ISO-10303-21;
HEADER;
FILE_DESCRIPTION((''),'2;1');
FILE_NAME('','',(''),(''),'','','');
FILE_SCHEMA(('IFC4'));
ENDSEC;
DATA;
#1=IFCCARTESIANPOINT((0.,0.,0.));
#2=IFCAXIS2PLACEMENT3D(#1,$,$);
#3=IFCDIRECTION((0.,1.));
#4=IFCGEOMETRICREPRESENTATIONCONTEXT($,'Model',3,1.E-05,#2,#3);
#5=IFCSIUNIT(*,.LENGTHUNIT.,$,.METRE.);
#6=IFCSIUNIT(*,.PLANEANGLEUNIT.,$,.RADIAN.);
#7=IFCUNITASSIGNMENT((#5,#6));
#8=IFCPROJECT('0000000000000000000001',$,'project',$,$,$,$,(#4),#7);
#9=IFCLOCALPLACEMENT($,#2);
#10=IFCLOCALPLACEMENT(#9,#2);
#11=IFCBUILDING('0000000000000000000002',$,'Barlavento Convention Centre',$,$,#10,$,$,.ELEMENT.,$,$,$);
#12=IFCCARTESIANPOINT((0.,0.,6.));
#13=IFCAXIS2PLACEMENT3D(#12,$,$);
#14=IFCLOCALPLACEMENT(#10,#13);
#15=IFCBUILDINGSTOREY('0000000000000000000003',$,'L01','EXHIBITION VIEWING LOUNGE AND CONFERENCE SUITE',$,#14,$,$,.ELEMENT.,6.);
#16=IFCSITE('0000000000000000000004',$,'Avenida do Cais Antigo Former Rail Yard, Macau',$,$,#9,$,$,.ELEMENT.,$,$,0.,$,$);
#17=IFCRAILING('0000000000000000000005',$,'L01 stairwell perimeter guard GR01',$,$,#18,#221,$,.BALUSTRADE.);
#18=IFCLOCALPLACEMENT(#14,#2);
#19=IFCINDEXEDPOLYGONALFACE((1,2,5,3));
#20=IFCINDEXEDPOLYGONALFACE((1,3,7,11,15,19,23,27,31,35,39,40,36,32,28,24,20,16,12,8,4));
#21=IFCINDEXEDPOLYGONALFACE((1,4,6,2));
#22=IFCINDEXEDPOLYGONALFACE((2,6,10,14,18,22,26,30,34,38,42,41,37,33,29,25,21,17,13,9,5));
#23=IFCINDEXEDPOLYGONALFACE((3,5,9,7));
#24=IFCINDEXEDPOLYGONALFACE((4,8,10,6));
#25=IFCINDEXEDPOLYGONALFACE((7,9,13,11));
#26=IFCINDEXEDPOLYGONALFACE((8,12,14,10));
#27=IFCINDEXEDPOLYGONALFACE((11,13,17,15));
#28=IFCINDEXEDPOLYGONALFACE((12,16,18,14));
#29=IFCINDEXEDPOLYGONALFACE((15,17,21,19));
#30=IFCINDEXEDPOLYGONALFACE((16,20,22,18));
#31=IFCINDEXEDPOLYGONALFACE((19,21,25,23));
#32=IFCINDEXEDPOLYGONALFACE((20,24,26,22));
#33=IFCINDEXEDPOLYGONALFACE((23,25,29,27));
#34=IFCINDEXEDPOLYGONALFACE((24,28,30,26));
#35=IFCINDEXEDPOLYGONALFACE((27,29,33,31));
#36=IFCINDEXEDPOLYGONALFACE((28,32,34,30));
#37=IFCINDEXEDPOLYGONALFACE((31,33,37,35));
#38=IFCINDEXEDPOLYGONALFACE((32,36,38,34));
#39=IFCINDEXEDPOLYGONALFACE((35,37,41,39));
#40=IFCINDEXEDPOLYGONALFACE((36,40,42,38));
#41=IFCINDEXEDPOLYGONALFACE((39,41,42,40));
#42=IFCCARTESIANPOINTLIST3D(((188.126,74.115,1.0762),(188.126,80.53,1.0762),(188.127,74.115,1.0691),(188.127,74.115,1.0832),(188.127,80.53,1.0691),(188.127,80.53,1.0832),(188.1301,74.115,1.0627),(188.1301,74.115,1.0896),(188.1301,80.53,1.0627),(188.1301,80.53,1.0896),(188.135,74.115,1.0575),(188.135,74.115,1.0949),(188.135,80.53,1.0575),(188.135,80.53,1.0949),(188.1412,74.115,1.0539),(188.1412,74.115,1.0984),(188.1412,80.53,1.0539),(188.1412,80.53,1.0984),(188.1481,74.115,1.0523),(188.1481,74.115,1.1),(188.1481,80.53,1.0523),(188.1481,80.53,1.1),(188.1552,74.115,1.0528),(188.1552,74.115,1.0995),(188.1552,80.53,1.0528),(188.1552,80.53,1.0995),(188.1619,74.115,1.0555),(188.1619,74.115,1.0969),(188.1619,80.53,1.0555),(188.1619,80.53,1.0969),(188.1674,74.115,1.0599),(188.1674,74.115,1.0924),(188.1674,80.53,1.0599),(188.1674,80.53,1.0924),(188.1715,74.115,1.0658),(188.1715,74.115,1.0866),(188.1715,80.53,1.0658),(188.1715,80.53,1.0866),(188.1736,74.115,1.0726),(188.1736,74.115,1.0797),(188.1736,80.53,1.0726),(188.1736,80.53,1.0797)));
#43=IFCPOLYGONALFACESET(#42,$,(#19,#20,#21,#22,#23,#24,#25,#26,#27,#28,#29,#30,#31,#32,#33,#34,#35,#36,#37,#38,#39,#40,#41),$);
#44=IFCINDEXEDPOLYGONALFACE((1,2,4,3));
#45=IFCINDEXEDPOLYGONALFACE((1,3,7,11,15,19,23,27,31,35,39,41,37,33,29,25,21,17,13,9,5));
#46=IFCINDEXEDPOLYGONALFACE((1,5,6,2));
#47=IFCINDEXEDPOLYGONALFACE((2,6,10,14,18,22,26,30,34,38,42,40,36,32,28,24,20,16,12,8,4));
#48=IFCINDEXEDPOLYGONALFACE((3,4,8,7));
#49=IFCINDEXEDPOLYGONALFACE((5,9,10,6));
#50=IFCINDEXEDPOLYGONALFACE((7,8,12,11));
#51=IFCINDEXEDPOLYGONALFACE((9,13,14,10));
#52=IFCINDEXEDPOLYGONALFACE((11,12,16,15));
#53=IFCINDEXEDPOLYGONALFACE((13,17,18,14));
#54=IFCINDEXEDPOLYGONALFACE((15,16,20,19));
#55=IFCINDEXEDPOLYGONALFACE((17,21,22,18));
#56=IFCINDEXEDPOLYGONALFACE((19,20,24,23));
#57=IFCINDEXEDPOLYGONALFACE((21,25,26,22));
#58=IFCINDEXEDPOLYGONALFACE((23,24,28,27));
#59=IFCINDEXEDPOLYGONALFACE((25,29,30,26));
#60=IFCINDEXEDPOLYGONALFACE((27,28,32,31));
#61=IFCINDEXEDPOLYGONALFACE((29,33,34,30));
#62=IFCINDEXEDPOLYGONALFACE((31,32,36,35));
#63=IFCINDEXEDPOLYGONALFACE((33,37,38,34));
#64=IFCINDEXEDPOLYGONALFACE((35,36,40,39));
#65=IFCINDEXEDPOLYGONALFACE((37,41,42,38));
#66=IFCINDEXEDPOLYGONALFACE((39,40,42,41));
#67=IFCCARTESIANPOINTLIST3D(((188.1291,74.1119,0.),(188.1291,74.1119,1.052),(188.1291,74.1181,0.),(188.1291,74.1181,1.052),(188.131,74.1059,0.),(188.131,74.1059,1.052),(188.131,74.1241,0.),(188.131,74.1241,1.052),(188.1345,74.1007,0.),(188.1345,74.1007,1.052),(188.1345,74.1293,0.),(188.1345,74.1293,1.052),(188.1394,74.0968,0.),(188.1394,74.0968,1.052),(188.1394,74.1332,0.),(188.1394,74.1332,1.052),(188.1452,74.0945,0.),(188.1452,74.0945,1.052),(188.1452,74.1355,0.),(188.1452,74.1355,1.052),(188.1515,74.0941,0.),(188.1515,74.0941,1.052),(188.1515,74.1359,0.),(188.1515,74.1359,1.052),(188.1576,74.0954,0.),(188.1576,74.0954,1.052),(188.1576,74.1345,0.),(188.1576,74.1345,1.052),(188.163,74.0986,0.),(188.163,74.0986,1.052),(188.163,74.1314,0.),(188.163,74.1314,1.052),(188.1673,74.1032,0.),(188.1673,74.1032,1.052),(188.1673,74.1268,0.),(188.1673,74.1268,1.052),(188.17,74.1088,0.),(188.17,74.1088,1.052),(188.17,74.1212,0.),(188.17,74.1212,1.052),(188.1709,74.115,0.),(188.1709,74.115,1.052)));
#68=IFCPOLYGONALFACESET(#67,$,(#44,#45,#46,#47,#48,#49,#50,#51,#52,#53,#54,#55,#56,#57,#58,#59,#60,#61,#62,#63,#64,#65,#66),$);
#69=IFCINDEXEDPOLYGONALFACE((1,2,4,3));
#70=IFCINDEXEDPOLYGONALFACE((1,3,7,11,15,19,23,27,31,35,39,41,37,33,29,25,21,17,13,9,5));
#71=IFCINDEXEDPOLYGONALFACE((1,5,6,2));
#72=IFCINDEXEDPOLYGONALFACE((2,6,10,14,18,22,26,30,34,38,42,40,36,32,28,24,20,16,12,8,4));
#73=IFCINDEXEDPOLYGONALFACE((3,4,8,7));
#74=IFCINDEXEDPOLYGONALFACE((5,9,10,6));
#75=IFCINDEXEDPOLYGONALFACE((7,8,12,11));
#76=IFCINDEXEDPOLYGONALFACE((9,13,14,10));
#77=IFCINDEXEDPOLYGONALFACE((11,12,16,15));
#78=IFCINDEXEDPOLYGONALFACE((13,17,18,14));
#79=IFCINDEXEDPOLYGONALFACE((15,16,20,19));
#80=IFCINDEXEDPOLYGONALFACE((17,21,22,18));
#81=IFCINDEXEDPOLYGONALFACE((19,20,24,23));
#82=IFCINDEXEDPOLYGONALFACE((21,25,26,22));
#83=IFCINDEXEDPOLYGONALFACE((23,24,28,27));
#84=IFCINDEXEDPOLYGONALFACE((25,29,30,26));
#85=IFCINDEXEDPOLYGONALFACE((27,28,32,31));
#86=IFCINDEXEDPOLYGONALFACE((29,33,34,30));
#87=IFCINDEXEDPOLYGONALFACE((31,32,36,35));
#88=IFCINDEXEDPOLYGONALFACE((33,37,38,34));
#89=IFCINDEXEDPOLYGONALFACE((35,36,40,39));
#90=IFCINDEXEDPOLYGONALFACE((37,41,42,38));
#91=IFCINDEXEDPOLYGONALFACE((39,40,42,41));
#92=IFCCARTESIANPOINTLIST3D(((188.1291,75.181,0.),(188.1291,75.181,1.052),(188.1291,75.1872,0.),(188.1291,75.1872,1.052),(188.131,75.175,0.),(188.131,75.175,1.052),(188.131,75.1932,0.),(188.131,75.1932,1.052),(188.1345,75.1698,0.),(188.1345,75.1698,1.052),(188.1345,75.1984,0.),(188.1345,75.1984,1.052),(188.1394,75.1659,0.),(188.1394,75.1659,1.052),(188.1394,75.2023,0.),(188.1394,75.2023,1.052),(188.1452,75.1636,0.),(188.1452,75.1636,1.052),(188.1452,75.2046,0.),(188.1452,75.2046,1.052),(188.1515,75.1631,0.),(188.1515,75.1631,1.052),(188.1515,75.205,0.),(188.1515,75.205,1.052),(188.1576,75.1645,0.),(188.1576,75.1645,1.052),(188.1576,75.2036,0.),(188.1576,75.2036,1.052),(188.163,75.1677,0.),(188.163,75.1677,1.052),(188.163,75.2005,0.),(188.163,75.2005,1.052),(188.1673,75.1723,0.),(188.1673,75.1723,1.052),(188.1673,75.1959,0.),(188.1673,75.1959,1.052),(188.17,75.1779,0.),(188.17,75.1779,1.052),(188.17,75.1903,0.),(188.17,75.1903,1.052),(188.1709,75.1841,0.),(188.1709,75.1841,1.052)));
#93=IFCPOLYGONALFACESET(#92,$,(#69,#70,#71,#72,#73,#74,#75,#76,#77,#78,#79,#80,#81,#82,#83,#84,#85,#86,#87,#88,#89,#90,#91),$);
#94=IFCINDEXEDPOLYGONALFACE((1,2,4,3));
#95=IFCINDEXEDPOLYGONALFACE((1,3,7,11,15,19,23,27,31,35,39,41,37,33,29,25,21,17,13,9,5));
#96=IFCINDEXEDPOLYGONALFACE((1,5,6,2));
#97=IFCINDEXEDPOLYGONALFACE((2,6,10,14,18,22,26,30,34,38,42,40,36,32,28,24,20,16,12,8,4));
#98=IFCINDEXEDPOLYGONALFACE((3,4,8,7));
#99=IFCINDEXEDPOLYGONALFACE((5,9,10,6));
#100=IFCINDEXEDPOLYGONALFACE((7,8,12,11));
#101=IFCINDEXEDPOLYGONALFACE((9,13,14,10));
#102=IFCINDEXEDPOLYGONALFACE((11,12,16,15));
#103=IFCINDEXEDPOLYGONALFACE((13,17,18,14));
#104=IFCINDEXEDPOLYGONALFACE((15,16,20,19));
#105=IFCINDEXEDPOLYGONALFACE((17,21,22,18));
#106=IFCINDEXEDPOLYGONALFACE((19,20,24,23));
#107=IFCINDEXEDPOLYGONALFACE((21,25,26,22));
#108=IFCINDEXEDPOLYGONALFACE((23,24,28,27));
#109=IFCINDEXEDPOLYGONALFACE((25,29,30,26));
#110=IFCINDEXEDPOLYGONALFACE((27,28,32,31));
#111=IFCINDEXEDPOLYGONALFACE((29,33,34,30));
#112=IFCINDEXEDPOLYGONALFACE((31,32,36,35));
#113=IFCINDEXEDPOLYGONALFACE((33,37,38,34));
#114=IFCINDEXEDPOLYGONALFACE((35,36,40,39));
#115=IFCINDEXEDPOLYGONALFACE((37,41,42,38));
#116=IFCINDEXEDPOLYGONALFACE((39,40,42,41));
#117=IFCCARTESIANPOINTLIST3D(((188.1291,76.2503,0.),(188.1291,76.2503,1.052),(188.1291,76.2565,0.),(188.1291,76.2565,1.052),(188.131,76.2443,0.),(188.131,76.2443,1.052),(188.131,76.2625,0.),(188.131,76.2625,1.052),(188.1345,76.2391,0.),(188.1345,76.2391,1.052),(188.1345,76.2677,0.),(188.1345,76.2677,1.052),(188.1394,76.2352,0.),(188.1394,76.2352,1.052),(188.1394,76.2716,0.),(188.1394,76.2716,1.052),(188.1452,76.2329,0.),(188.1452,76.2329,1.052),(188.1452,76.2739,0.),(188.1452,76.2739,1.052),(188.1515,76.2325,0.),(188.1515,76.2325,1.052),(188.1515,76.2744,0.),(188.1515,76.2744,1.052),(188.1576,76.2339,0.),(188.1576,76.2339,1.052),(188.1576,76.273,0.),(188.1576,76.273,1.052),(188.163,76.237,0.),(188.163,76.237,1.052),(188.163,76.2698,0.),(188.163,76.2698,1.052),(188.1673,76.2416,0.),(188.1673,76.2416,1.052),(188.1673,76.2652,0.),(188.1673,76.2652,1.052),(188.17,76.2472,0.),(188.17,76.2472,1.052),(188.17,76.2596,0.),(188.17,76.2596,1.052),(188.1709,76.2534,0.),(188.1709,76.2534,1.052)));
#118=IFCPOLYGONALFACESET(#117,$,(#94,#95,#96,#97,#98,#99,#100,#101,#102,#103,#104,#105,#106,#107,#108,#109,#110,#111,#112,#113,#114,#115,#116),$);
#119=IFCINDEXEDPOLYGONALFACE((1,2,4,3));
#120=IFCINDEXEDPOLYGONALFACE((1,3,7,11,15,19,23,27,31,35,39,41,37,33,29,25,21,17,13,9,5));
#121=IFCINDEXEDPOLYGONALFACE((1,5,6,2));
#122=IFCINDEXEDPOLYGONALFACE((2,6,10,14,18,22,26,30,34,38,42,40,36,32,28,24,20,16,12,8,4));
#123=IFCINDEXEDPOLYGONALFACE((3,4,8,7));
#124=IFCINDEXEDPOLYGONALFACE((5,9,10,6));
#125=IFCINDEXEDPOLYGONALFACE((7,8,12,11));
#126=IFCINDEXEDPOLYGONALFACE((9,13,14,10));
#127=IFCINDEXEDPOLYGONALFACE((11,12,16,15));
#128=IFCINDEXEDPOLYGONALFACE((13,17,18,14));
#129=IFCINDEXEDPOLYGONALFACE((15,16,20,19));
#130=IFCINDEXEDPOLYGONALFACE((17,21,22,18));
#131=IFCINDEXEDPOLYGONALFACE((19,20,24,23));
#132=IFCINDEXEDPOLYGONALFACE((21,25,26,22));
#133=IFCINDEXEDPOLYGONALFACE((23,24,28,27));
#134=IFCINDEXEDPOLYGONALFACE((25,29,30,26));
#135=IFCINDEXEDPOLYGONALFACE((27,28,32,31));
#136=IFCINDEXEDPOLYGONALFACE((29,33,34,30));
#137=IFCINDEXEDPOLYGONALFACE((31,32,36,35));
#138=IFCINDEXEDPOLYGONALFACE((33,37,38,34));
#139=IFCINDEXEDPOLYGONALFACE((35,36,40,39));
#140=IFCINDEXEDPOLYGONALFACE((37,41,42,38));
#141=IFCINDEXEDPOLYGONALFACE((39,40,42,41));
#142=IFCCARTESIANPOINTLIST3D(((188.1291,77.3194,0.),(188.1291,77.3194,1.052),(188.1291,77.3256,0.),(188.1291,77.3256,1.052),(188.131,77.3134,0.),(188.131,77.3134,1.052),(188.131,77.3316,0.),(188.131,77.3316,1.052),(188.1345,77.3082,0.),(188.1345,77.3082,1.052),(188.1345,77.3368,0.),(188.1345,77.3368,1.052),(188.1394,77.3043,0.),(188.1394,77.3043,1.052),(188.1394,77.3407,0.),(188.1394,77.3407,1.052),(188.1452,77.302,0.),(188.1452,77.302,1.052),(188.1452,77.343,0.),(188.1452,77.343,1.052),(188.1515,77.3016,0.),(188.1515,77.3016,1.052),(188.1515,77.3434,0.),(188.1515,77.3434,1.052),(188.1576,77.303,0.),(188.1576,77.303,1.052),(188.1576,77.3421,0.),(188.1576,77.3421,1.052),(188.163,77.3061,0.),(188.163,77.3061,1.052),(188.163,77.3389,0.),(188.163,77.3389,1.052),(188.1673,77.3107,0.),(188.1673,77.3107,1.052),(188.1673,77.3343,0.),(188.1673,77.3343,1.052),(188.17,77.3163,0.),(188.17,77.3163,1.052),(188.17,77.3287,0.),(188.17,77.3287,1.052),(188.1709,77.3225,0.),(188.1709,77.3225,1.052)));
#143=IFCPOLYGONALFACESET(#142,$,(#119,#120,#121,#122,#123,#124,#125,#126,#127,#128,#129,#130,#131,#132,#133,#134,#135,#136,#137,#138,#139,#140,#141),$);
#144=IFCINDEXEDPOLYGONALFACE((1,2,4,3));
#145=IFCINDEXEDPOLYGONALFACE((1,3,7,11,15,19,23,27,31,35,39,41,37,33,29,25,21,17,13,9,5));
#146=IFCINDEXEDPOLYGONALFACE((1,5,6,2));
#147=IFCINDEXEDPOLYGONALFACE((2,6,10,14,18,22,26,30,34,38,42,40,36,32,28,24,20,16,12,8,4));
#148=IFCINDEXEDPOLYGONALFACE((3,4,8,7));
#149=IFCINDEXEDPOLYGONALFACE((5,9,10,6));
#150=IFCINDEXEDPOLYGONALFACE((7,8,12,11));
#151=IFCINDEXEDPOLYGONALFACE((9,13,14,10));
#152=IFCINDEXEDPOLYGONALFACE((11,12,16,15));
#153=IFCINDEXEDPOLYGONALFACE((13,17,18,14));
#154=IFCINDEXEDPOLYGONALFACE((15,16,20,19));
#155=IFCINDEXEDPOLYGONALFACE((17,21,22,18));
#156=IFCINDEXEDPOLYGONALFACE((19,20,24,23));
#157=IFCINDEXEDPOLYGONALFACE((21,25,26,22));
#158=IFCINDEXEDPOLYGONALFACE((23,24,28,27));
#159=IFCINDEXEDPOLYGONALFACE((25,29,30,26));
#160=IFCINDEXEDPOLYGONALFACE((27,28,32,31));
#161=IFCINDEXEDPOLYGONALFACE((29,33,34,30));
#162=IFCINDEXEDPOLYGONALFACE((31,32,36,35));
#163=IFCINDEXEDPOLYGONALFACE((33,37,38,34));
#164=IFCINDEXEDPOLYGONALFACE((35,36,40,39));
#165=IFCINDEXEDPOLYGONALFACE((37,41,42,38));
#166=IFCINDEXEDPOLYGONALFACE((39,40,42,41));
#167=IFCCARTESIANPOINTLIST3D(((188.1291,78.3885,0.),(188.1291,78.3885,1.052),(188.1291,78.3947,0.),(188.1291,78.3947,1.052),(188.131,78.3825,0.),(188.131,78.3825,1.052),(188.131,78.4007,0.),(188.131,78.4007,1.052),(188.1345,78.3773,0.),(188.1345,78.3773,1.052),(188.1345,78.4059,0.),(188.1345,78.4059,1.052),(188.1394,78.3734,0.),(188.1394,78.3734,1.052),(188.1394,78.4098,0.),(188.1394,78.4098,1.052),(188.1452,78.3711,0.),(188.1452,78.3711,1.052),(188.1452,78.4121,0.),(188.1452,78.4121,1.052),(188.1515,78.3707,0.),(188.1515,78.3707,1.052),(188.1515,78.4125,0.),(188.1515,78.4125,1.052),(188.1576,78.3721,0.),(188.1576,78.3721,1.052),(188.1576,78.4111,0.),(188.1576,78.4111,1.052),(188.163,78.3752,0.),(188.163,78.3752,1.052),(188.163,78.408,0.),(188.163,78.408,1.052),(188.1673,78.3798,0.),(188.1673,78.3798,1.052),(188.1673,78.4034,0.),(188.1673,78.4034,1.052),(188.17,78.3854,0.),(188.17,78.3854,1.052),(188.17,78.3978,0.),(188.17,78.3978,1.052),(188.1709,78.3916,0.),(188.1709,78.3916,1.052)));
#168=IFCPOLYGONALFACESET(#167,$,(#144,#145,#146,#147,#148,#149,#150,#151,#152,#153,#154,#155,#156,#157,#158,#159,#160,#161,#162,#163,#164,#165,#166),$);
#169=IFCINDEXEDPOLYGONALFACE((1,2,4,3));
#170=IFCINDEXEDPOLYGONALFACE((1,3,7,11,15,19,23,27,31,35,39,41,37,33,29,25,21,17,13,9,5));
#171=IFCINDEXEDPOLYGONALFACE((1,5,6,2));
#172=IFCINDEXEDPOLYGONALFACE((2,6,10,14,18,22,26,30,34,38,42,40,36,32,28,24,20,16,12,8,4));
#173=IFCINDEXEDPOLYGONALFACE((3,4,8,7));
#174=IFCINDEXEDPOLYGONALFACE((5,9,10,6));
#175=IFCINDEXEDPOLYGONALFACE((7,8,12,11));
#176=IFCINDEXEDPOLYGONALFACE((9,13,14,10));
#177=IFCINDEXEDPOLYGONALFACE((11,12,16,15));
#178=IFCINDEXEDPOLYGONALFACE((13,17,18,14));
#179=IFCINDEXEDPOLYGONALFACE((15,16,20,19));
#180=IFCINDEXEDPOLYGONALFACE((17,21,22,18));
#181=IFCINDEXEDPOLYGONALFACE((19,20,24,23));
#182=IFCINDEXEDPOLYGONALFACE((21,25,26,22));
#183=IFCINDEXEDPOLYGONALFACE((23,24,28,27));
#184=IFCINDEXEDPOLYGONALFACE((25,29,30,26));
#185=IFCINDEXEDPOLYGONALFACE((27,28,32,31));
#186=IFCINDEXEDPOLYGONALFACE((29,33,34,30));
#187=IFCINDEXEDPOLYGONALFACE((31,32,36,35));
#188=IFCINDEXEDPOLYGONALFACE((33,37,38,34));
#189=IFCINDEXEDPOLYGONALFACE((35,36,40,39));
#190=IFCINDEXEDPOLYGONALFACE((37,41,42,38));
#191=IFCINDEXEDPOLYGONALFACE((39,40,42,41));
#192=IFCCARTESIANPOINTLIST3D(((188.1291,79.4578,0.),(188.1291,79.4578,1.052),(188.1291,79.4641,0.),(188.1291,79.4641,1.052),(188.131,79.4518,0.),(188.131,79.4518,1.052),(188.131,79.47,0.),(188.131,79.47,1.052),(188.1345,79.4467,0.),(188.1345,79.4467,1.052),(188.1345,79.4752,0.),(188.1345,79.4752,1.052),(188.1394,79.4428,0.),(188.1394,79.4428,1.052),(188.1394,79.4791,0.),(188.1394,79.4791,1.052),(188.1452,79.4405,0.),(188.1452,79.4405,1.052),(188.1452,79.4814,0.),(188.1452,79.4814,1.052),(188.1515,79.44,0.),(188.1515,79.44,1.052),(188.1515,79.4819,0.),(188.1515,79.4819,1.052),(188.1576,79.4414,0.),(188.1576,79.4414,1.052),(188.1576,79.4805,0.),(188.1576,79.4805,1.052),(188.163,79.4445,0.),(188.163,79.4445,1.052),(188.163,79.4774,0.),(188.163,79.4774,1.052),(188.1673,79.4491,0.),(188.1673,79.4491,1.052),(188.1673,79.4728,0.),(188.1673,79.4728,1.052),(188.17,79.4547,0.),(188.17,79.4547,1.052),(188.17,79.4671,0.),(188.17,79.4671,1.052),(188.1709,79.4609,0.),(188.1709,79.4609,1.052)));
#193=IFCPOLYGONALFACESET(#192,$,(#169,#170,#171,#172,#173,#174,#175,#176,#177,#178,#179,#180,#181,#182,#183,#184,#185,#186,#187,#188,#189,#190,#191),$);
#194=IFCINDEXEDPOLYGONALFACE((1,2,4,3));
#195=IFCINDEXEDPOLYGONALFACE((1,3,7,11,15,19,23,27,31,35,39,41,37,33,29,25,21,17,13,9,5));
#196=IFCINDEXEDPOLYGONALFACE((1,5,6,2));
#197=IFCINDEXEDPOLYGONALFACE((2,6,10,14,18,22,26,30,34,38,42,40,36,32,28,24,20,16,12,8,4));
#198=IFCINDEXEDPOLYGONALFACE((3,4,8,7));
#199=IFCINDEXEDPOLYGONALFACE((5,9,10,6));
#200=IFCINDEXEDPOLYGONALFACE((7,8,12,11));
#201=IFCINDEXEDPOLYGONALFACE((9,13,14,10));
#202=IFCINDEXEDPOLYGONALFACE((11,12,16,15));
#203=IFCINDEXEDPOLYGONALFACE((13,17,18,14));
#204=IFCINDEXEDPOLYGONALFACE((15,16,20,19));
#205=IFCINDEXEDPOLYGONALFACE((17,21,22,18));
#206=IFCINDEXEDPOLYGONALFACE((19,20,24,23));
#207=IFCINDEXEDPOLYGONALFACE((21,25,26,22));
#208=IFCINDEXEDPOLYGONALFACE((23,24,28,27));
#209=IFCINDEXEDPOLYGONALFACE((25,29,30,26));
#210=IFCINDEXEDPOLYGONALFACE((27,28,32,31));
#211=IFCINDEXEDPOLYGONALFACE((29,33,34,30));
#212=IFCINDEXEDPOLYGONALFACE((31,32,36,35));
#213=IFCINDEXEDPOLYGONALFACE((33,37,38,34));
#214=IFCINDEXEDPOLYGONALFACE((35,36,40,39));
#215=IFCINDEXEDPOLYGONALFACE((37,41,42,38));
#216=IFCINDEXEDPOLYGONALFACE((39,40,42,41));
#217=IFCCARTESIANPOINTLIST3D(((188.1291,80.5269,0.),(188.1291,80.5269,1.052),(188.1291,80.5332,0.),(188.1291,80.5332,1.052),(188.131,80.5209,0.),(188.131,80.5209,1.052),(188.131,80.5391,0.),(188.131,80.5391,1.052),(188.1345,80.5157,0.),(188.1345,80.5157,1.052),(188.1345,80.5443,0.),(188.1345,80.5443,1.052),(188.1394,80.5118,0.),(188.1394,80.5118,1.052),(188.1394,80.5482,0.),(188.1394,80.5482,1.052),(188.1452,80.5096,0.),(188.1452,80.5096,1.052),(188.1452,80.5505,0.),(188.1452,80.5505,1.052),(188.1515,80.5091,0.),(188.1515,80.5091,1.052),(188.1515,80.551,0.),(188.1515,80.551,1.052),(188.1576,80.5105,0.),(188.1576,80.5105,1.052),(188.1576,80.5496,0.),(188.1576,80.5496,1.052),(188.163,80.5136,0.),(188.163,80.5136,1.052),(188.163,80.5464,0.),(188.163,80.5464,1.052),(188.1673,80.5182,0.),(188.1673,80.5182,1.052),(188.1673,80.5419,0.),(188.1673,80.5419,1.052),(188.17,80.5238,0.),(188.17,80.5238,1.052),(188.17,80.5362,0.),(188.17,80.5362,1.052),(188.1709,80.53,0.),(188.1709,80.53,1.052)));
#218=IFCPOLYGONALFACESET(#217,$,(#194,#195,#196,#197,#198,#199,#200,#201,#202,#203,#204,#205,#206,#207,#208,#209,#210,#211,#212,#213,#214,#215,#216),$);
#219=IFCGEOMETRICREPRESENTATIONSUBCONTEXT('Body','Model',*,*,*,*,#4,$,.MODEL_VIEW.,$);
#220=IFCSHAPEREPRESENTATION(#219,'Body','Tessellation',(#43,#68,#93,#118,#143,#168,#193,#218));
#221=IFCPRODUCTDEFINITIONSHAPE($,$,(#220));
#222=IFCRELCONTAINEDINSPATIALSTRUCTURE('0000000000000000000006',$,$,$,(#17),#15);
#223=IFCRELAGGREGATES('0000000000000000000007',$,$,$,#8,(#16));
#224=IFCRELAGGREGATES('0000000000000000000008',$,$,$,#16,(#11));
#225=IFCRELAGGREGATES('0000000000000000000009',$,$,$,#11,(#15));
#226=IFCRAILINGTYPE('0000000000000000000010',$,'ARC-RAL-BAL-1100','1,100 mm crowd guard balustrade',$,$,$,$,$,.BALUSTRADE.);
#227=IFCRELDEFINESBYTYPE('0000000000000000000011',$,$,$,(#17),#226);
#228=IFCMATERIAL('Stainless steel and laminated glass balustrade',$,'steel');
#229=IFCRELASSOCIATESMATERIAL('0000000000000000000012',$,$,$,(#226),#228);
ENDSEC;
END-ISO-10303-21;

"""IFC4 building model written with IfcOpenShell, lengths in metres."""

from ifc_helpers import new_model, si_unit, direction, frame, origin, origin_2d, place, context, subcontext, project, spatial, circle, extrude, material, type_object, element, save


model = new_model("IFC4")

# Units and contexts
model_context = context("Model", 3, precision=1e-05, world=origin(), true_north=direction((0.0, 1.0)))
body_context = subcontext(model_context, "Body", "Model", "MODEL_VIEW")
ifc_project = project(units=[si_unit("LENGTHUNIT", "METRE"), si_unit("PLANEANGLEUNIT", "RADIAN")], contexts=[model_context])

# Site, building, storey
site_placement = place(None, origin())
site = spatial("IfcSite", under=ifc_project, at=site_placement, Name="Avenida do Cais Antigo Former Rail Yard, Macau", CompositionType="ELEMENT", RefElevation=0.0)
building_placement = place(site_placement, origin())
building = spatial("IfcBuilding", under=site, at=building_placement, Name="Barlavento Convention Centre", CompositionType="ELEMENT")
storey_placement = place(building_placement, frame((0.0, 0.0, 6.0)))
storey = spatial("IfcBuildingStorey", under=building, at=storey_placement, Name="L01", Description="EXHIBITION VIEWING LOUNGE AND CONFERENCE SUITE", CompositionType="ELEMENT", Elevation=6.0)

# Railing
ifc_material_1 = material(Name="Stainless steel and laminated glass balustrade", Category="steel")
railing_type_1 = type_object("IfcRailingType", Name="ARC-RAL-BAL-1100", Description="1,100 mm crowd guard balustrade", PredefinedType="BALUSTRADE", material=ifc_material_1)
railing_1_placement = place(storey_placement, frame((188.1499, 74.115, 0.0)))
element("IfcRailing", 1, at=railing_1_placement, inside=storey, type_object=railing_type_1, Name="L01 stairwell perimeter guard GR01", PredefinedType="BALUSTRADE", context=body_context, shape_type="SweptSolid", body=[
    extrude(circle(Radius=0.0239, at=origin_2d()), frame((0.0, 0.0, 1.0762), z_axis=(0.0, 1.0, 0.0), x_axis=(-1.0, 0.0, 0.0)), (0.0, 0.0, 1.0), 6.415),
    extrude(circle(Radius=0.021, at=origin_2d()), origin(), (0.0, 0.0, 1.0), 1.052),
    extrude(circle(Radius=0.021, at=origin_2d()), frame((0.0, 1.0691, 0.0)), (0.0, 0.0, 1.0), 1.052),
    extrude(circle(Radius=0.021, at=origin_2d()), frame((0.0, 2.1384, 0.0)), (0.0, 0.0, 1.0), 1.052),
    extrude(circle(Radius=0.021, at=origin_2d()), frame((0.0, 3.2075, 0.0)), (0.0, 0.0, 1.0), 1.052),
    extrude(circle(Radius=0.021, at=origin_2d()), frame((0.0, 4.2766, 0.0)), (0.0, 0.0, 1.0), 1.052),
    extrude(circle(Radius=0.021, at=origin_2d()), frame((0.0, 5.3459, 0.0)), (0.0, 0.0, 1.0), 1.052),
    extrude(circle(Radius=0.021, at=origin_2d()), frame((0.0, 6.415, 0.0)), (0.0, 0.0, 1.0), 1.052),
])

save(model, "model.ifc")
